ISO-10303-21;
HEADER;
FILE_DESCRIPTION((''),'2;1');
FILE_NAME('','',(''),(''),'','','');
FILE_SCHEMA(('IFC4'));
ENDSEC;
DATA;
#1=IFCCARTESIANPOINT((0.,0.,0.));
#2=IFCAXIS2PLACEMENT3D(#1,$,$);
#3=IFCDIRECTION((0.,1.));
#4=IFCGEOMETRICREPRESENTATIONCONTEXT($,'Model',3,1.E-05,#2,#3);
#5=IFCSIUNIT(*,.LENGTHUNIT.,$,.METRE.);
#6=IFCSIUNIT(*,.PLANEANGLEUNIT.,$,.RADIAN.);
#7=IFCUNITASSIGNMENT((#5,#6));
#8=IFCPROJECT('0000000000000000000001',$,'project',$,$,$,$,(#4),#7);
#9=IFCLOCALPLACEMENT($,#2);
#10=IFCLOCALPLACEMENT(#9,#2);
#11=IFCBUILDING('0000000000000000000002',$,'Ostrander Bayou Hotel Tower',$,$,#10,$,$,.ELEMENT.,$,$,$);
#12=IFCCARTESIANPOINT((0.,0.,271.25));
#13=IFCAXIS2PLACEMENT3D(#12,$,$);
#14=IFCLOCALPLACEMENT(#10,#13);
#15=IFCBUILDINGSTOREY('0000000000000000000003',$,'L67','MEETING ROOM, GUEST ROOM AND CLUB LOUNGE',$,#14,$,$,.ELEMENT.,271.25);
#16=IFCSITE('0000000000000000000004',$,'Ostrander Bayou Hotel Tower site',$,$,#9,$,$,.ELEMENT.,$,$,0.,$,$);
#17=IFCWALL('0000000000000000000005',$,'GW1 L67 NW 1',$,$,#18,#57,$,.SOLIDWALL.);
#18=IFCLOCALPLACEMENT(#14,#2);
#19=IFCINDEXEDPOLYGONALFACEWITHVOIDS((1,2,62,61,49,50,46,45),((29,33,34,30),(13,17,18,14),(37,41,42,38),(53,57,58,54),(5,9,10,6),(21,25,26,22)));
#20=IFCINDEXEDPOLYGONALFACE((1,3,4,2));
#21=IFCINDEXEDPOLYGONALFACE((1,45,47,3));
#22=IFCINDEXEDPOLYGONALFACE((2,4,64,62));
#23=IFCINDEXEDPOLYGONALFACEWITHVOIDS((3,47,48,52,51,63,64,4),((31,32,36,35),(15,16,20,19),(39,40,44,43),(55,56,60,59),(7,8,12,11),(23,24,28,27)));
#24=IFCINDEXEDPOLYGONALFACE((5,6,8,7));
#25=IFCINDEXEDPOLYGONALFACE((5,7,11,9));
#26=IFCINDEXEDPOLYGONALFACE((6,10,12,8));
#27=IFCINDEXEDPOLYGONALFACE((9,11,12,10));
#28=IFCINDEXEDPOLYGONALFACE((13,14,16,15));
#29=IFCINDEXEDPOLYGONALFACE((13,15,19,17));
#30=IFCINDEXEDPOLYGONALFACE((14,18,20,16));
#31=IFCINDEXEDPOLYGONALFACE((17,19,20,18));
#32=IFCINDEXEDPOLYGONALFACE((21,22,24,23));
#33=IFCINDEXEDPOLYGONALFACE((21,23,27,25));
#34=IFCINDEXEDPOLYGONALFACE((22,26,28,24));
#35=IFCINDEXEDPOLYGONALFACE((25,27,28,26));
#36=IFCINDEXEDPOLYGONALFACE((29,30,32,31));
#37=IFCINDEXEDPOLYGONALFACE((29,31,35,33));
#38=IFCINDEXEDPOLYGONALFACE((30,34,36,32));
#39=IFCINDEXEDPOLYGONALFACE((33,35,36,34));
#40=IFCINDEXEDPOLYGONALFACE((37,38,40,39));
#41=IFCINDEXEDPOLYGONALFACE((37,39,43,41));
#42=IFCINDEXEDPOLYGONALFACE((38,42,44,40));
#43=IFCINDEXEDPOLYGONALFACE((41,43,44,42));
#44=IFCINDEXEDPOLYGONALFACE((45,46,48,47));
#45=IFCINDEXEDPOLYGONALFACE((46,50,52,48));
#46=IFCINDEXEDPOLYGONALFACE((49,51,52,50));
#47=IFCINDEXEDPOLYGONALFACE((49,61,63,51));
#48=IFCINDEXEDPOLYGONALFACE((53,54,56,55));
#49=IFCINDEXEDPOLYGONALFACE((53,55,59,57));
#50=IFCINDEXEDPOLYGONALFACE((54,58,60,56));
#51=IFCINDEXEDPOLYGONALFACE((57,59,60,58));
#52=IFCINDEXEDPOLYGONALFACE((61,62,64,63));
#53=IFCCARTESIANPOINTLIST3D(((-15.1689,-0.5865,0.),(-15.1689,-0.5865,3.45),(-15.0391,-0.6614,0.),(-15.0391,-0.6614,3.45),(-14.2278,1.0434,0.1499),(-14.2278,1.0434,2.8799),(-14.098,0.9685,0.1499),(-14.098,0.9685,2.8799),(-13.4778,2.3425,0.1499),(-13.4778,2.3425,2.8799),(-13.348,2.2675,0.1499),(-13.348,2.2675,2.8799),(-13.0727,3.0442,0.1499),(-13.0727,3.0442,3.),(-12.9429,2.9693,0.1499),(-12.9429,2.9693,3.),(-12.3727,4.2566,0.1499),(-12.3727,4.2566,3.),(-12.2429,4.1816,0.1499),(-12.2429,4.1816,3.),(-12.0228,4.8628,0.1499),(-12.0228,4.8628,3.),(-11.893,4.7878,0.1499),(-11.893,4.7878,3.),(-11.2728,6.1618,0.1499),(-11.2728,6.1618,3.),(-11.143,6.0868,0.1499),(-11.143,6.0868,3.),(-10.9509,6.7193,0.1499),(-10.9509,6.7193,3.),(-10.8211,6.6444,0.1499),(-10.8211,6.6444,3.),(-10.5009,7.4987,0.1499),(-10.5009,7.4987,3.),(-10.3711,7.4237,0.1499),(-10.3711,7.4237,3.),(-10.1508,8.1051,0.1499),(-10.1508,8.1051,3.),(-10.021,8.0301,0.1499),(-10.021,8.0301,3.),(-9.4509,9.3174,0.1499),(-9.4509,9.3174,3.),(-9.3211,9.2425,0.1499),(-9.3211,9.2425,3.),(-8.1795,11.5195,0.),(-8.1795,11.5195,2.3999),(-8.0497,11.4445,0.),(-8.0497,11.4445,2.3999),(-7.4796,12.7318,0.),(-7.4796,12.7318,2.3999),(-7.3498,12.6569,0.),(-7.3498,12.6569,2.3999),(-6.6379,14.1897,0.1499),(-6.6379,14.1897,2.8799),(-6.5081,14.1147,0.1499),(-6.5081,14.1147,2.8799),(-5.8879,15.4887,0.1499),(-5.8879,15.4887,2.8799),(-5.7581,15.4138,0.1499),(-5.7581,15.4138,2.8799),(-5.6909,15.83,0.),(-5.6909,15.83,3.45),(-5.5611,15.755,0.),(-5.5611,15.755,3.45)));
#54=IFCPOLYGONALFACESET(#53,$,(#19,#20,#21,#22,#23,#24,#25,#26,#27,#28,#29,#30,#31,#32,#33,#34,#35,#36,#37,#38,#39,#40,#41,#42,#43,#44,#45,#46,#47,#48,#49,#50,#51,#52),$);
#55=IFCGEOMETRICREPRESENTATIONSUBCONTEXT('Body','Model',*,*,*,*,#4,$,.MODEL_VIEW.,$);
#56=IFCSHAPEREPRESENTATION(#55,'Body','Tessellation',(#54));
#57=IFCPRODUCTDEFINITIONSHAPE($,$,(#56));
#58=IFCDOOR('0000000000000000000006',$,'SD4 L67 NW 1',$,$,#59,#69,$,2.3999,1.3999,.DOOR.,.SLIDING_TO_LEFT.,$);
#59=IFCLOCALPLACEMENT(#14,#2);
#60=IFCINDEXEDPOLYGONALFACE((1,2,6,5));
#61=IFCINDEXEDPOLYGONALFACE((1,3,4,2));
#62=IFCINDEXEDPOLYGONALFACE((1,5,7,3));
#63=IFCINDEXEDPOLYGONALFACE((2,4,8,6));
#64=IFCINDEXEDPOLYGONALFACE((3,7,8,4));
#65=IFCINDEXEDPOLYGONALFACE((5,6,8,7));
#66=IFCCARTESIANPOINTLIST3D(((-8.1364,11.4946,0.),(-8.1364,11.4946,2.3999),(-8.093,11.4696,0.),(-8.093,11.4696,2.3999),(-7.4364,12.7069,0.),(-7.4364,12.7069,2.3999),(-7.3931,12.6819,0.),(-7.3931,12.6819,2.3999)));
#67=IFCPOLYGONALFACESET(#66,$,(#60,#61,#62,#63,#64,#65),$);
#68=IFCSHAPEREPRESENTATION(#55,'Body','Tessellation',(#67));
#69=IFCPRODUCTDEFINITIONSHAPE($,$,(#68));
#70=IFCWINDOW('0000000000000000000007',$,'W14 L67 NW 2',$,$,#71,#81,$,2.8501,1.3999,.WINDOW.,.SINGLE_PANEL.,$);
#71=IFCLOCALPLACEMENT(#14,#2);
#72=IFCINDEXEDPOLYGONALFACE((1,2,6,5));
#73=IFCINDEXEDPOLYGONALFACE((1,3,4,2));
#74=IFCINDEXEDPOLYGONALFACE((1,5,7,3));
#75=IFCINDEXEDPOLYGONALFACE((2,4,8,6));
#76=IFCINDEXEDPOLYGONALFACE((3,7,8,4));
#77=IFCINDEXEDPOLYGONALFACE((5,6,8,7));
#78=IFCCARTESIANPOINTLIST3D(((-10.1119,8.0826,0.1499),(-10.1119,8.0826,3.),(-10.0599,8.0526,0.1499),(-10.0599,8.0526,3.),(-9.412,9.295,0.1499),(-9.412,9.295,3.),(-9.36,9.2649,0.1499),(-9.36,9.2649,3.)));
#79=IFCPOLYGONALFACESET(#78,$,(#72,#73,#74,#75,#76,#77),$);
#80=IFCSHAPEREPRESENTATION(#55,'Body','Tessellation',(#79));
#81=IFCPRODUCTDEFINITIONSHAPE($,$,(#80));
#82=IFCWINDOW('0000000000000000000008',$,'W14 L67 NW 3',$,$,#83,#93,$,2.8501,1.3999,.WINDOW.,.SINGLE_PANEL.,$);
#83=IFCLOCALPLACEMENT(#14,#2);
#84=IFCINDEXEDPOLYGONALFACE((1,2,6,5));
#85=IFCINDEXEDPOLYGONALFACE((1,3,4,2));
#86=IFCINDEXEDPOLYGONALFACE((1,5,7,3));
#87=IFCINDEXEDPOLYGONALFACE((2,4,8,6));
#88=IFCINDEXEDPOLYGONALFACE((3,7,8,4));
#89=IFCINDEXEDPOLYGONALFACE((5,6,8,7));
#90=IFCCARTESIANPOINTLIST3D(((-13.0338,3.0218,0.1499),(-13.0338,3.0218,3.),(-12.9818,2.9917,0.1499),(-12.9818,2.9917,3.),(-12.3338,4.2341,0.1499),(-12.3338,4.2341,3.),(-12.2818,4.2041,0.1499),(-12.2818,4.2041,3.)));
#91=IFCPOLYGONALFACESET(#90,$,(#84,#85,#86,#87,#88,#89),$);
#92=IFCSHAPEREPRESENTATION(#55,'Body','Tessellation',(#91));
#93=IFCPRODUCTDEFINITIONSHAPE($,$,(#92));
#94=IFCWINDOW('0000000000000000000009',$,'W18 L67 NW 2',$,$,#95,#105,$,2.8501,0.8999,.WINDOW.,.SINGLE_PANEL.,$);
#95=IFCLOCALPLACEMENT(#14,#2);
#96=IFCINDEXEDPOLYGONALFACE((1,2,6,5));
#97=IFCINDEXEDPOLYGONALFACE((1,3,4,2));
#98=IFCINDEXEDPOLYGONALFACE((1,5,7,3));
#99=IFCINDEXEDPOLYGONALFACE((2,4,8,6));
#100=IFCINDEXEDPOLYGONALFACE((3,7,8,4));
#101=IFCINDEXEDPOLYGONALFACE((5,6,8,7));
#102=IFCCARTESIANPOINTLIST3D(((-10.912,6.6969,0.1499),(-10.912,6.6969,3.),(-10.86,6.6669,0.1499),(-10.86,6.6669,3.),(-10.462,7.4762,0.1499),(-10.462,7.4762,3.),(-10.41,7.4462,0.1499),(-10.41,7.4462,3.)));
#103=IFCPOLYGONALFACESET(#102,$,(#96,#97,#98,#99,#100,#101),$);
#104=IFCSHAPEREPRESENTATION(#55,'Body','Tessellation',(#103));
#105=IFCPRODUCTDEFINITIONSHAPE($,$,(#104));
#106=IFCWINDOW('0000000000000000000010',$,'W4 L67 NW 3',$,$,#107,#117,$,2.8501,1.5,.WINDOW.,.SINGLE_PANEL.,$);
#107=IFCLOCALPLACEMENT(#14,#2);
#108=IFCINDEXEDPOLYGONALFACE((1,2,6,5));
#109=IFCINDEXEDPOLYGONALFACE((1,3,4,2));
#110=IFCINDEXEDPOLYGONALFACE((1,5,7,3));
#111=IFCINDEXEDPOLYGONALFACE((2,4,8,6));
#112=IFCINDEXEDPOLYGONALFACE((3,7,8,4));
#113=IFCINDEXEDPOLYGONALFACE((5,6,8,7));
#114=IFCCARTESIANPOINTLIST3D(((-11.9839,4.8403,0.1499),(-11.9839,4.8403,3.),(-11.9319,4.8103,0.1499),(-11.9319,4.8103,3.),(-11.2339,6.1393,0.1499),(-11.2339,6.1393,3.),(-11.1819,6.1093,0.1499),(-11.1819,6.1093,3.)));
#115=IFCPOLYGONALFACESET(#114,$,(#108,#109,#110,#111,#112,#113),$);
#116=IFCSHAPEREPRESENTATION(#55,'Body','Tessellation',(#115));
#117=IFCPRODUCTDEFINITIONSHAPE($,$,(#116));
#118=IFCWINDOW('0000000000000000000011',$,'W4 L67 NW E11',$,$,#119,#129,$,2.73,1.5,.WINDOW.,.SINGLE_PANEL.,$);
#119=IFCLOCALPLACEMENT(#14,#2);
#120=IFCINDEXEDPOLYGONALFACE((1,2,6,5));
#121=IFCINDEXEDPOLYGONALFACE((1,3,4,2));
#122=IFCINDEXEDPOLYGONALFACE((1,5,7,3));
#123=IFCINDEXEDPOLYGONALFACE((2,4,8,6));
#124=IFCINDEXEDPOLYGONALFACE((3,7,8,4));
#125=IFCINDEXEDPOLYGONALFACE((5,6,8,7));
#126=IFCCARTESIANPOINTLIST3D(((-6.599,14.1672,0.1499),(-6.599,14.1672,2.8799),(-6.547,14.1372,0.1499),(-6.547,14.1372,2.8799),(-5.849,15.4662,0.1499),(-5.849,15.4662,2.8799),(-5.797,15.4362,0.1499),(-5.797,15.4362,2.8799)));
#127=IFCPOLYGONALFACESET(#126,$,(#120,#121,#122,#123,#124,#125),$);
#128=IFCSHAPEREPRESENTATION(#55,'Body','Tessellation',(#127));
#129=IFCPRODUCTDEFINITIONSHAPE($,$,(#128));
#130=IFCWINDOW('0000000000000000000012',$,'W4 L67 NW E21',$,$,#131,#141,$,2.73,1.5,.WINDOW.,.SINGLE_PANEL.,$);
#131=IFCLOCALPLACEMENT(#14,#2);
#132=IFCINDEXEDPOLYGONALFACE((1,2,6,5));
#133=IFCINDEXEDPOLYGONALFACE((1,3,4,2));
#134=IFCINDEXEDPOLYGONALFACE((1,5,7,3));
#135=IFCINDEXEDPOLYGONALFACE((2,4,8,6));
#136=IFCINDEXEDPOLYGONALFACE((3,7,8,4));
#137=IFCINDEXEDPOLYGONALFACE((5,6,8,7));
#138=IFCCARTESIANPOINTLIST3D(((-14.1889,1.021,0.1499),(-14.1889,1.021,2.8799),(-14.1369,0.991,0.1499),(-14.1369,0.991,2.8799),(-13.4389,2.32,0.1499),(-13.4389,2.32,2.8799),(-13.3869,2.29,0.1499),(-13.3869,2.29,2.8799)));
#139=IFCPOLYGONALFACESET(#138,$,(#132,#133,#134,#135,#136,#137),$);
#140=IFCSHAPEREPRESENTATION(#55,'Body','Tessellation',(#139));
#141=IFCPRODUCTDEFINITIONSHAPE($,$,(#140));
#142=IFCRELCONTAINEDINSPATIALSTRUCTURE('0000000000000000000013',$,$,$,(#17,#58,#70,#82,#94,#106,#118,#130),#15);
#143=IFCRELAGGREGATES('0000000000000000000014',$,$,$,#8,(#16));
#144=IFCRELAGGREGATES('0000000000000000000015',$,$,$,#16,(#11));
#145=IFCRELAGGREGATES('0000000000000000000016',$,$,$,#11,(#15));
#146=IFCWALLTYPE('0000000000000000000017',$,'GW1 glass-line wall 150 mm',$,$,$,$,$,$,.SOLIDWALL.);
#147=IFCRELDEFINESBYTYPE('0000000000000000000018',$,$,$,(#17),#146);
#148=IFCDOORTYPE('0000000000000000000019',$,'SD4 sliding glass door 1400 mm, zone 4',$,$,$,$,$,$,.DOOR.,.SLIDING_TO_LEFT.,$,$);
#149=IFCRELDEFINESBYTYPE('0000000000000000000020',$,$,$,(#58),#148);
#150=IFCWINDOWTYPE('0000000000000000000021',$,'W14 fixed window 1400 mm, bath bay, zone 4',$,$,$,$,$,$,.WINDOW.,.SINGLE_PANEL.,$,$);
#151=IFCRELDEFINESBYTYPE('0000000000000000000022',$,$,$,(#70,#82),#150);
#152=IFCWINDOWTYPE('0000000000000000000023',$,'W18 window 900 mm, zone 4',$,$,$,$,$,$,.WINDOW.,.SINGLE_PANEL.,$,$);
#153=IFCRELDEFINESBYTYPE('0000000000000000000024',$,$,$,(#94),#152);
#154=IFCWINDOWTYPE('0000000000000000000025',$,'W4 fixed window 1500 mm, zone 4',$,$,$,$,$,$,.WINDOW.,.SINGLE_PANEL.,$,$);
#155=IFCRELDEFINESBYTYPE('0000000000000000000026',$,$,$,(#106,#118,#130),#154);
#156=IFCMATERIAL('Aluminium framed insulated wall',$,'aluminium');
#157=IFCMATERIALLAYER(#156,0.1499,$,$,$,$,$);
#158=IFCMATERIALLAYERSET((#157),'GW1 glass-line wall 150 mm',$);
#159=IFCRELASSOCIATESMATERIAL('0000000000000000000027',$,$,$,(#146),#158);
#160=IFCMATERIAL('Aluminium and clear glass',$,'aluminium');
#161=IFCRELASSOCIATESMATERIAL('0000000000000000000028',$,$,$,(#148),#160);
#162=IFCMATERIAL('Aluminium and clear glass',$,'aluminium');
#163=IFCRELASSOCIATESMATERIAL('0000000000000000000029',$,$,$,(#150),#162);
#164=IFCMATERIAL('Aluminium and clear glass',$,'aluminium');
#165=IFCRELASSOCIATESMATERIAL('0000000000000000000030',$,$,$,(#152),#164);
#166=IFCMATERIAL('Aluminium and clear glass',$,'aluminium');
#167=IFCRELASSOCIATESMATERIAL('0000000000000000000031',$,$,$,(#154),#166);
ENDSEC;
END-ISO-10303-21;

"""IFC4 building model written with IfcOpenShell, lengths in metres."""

from ifc_helpers import new_model, si_unit, direction, frame, frame_2d, origin, place, context, subcontext, project, spatial, rectangle, extrude, material, layer, layer_set, type_object, element, fill, save


model = new_model("IFC4")

# Units and contexts
model_context = context("Model", 3, precision=1e-05, world=origin(), true_north=direction((0.0, 1.0)))
body_context = subcontext(model_context, "Body", "Model", "MODEL_VIEW")
ifc_project = project(units=[si_unit("LENGTHUNIT", "METRE"), si_unit("PLANEANGLEUNIT", "RADIAN")], contexts=[model_context])

# Site, building, storey
site_placement = place(None, origin())
site = spatial("IfcSite", under=ifc_project, at=site_placement, Name="Ostrander Bayou Hotel Tower site", CompositionType="ELEMENT", RefElevation=0.0)
building_placement = place(site_placement, origin())
building = spatial("IfcBuilding", under=site, at=building_placement, Name="Ostrander Bayou Hotel Tower", CompositionType="ELEMENT")
storey_placement = place(building_placement, frame((0.0, 0.0, 271.25)))
storey = spatial("IfcBuildingStorey", under=building, at=storey_placement, Name="L67", Description="MEETING ROOM, GUEST ROOM AND CLUB LOUNGE", CompositionType="ELEMENT", Elevation=271.25)

# Wall, openings, door, windows
ifc_material_1 = material(Name="Aluminium framed insulated wall", Category="aluminium")
ifc_layer_1 = layer(ifc_material_1, 0.1499)
ifc_layer_set_1 = layer_set([ifc_layer_1], Name="GW1 glass-line wall 150 mm")
wall_type_1 = type_object("IfcWallType", Name="GW1 glass-line wall 150 mm", PredefinedType="SOLIDWALL", material=ifc_layer_set_1)
wall_1_placement = place(storey_placement, frame((-5.626, 15.7925, 0.0), z_axis=(0.0, 0.0, 1.0), x_axis=(-0.499998, -0.866026, 0.0)))
wall_1 = element("IfcWall", 1, at=wall_1_placement, inside=storey, type_object=wall_type_1, Name="GW1 L67 NW 1", PredefinedType="SOLIDWALL", context=body_context, shape_type="SweptSolid", body=[
    extrude(rectangle(XDim=18.9561, YDim=0.1499, at=frame_2d((9.478, 0.0))), origin(), (0.0, 0.0, 1.0), 3.45),
])
opening_1_placement = place(wall_1_placement, frame((3.5774, 0.0, 0.0)))
opening_1 = element("IfcOpeningElement", 2, at=opening_1_placement, cuts=wall_1, PredefinedType="OPENING", context=body_context, shape_type="SweptSolid", body=[
    extrude(rectangle(XDim=1.3999, YDim=2.3999, at=frame_2d((0.7, 1.2))), frame((0.0, 0.075, 0.0), z_axis=(0.0, -1.0, 0.0), x_axis=(1.0, 0.0, 0.0)), (0.0, 0.0, 1.0), 0.1499),
])
opening_2_placement = place(wall_1_placement, frame((9.6201, 0.0, 0.1499)))
opening_2 = element("IfcOpeningElement", 3, at=opening_2_placement, cuts=wall_1, PredefinedType="OPENING", context=body_context, shape_type="SweptSolid", body=[
    extrude(rectangle(XDim=0.8999, YDim=2.8501, at=frame_2d((0.45, 1.425))), frame((0.0, 0.075, 0.0), z_axis=(0.0, -1.0, 0.0), x_axis=(1.0, 0.0, 0.0)), (0.0, 0.0, 1.0), 0.1499),
])
opening_3_placement = place(wall_1_placement, frame((7.52, 0.0, 0.1499)))
opening_3 = element("IfcOpeningElement", 4, at=opening_3_placement, cuts=wall_1, PredefinedType="OPENING", context=body_context, shape_type="SweptSolid", body=[
    extrude(rectangle(XDim=1.3999, YDim=2.8501, at=frame_2d((0.7, 1.425))), frame((0.0, 0.075, 0.0), z_axis=(0.0, -1.0, 0.0), x_axis=(1.0, 0.0, 0.0)), (0.0, 0.0, 1.0), 0.1499),
])
opening_4_placement = place(wall_1_placement, frame((11.1638, 0.0, 0.1499)))
opening_4 = element("IfcOpeningElement", 5, at=opening_4_placement, cuts=wall_1, PredefinedType="OPENING", context=body_context, shape_type="SweptSolid", body=[
    extrude(rectangle(XDim=1.5, YDim=2.8501, at=frame_2d((0.75, 1.425))), frame((0.0, 0.075, 0.0), z_axis=(0.0, -1.0, 0.0), x_axis=(1.0, 0.0, 0.0)), (0.0, 0.0, 1.0), 0.1499),
])
opening_5_placement = place(wall_1_placement, frame((13.3638, 0.0, 0.1499)))
opening_5 = element("IfcOpeningElement", 6, at=opening_5_placement, cuts=wall_1, PredefinedType="OPENING", context=body_context, shape_type="SweptSolid", body=[
    extrude(rectangle(XDim=1.3999, YDim=2.8501, at=frame_2d((0.7, 1.425))), frame((0.0, 0.075, 0.0), z_axis=(0.0, -1.0, 0.0), x_axis=(1.0, 0.0, 0.0)), (0.0, 0.0, 1.0), 0.1499),
])
opening_6_placement = place(wall_1_placement, frame((0.394, 0.0, 0.1499)))
opening_6 = element("IfcOpeningElement", 7, at=opening_6_placement, cuts=wall_1, PredefinedType="OPENING", context=body_context, shape_type="SweptSolid", body=[
    extrude(rectangle(XDim=1.5, YDim=2.73, at=frame_2d((0.75, 1.365))), frame((0.0, 0.075, 0.0), z_axis=(0.0, -1.0, 0.0), x_axis=(1.0, 0.0, 0.0)), (0.0, 0.0, 1.0), 0.1499),
])
opening_7_placement = place(wall_1_placement, frame((15.574, 0.0, 0.1499)))
opening_7 = element("IfcOpeningElement", 8, at=opening_7_placement, cuts=wall_1, PredefinedType="OPENING", context=body_context, shape_type="SweptSolid", body=[
    extrude(rectangle(XDim=1.5, YDim=2.73, at=frame_2d((0.75, 1.365))), frame((0.0, 0.075, 0.0), z_axis=(0.0, -1.0, 0.0), x_axis=(1.0, 0.0, 0.0)), (0.0, 0.0, 1.0), 0.1499),
])
ifc_material_2 = material(Name="Aluminium and clear glass", Category="aluminium")
door_type_1 = type_object("IfcDoorType", Name="SD4 sliding glass door 1400 mm, zone 4", OperationType="SLIDING_TO_LEFT", PredefinedType="DOOR", material=ifc_material_2)
door_1_placement = place(opening_1_placement, origin())
door_1 = element("IfcDoor", 9, at=door_1_placement, inside=storey, type_object=door_type_1, Name="SD4 L67 NW 1", OperationType="SLIDING_TO_LEFT", OverallHeight=2.3999, OverallWidth=1.3999, PredefinedType="DOOR", context=body_context, shape_type="SweptSolid", body=[
    extrude(rectangle(XDim=1.3999, YDim=2.3999, at=frame_2d((0.7, 1.2))), frame((0.0, 0.0249, 0.0), z_axis=(0.0, -1.0, 0.0), x_axis=(1.0, 0.0, 0.0)), (0.0, 0.0, 1.0), 0.05),
])
fill(opening_1, door_1)
ifc_material_3 = material(Name="Aluminium and clear glass", Category="aluminium")
window_type_1 = type_object("IfcWindowType", Name="W14 fixed window 1400 mm, bath bay, zone 4", PartitioningType="SINGLE_PANEL", PredefinedType="WINDOW", material=ifc_material_3)
window_1_placement = place(opening_3_placement, origin())
window_1 = element("IfcWindow", 10, at=window_1_placement, inside=storey, type_object=window_type_1, Name="W14 L67 NW 2", OverallHeight=2.8501, OverallWidth=1.3999, PartitioningType="SINGLE_PANEL", PredefinedType="WINDOW", context=body_context, shape_type="SweptSolid", body=[
    extrude(rectangle(XDim=1.3999, YDim=2.8501, at=frame_2d((0.7, 1.425))), frame((0.0, 0.03, 0.0), z_axis=(0.0, -1.0, 0.0), x_axis=(1.0, 0.0, 0.0)), (0.0, 0.0, 1.0), 0.0601),
])
fill(opening_3, window_1)
window_2_placement = place(opening_5_placement, origin())
window_2 = element("IfcWindow", 11, at=window_2_placement, inside=storey, type_object=window_type_1, Name="W14 L67 NW 3", OverallHeight=2.8501, OverallWidth=1.3999, PartitioningType="SINGLE_PANEL", PredefinedType="WINDOW", context=body_context, shape_type="SweptSolid", body=[
    extrude(rectangle(XDim=1.3999, YDim=2.8501, at=frame_2d((0.7, 1.425))), frame((0.0, 0.03, 0.0), z_axis=(0.0, -1.0, 0.0), x_axis=(1.0, 0.0, 0.0)), (0.0, 0.0, 1.0), 0.0601),
])
fill(opening_5, window_2)
ifc_material_4 = material(Name="Aluminium and clear glass", Category="aluminium")
window_type_2 = type_object("IfcWindowType", Name="W18 window 900 mm, zone 4", PartitioningType="SINGLE_PANEL", PredefinedType="WINDOW", material=ifc_material_4)
window_3_placement = place(opening_2_placement, origin())
window_3 = element("IfcWindow", 12, at=window_3_placement, inside=storey, type_object=window_type_2, Name="W18 L67 NW 2", OverallHeight=2.8501, OverallWidth=0.8999, PartitioningType="SINGLE_PANEL", PredefinedType="WINDOW", context=body_context, shape_type="SweptSolid", body=[
    extrude(rectangle(XDim=0.8999, YDim=2.8501, at=frame_2d((0.45, 1.425))), frame((0.0, 0.03, 0.0), z_axis=(0.0, -1.0, 0.0), x_axis=(1.0, 0.0, 0.0)), (0.0, 0.0, 1.0), 0.0601),
])
fill(opening_2, window_3)
ifc_material_5 = material(Name="Aluminium and clear glass", Category="aluminium")
window_type_3 = type_object("IfcWindowType", Name="W4 fixed window 1500 mm, zone 4", PartitioningType="SINGLE_PANEL", PredefinedType="WINDOW", material=ifc_material_5)
window_4_placement = place(opening_4_placement, origin())
window_4 = element("IfcWindow", 13, at=window_4_placement, inside=storey, type_object=window_type_3, Name="W4 L67 NW 3", OverallHeight=2.8501, OverallWidth=1.5, PartitioningType="SINGLE_PANEL", PredefinedType="WINDOW", context=body_context, shape_type="SweptSolid", body=[
    extrude(rectangle(XDim=1.5, YDim=2.8501, at=frame_2d((0.75, 1.425))), frame((0.0, 0.03, 0.0), z_axis=(0.0, -1.0, 0.0), x_axis=(1.0, 0.0, 0.0)), (0.0, 0.0, 1.0), 0.0601),
])
fill(opening_4, window_4)
window_5_placement = place(opening_6_placement, origin())
window_5 = element("IfcWindow", 14, at=window_5_placement, inside=storey, type_object=window_type_3, Name="W4 L67 NW E11", OverallHeight=2.73, OverallWidth=1.5, PartitioningType="SINGLE_PANEL", PredefinedType="WINDOW", context=body_context, shape_type="SweptSolid", body=[
    extrude(rectangle(XDim=1.5, YDim=2.73, at=frame_2d((0.75, 1.365))), frame((0.0, 0.03, 0.0), z_axis=(0.0, -1.0, 0.0), x_axis=(1.0, 0.0, 0.0)), (0.0, 0.0, 1.0), 0.0601),
])
fill(opening_6, window_5)
window_6_placement = place(opening_7_placement, origin())
window_6 = element("IfcWindow", 15, at=window_6_placement, inside=storey, type_object=window_type_3, Name="W4 L67 NW E21", OverallHeight=2.73, OverallWidth=1.5, PartitioningType="SINGLE_PANEL", PredefinedType="WINDOW", context=body_context, shape_type="SweptSolid", body=[
    extrude(rectangle(XDim=1.5, YDim=2.73, at=frame_2d((0.75, 1.365))), frame((0.0, 0.03, 0.0), z_axis=(0.0, -1.0, 0.0), x_axis=(1.0, 0.0, 0.0)), (0.0, 0.0, 1.0), 0.0601),
])
fill(opening_7, window_6)

save(model, "model.ifc")
